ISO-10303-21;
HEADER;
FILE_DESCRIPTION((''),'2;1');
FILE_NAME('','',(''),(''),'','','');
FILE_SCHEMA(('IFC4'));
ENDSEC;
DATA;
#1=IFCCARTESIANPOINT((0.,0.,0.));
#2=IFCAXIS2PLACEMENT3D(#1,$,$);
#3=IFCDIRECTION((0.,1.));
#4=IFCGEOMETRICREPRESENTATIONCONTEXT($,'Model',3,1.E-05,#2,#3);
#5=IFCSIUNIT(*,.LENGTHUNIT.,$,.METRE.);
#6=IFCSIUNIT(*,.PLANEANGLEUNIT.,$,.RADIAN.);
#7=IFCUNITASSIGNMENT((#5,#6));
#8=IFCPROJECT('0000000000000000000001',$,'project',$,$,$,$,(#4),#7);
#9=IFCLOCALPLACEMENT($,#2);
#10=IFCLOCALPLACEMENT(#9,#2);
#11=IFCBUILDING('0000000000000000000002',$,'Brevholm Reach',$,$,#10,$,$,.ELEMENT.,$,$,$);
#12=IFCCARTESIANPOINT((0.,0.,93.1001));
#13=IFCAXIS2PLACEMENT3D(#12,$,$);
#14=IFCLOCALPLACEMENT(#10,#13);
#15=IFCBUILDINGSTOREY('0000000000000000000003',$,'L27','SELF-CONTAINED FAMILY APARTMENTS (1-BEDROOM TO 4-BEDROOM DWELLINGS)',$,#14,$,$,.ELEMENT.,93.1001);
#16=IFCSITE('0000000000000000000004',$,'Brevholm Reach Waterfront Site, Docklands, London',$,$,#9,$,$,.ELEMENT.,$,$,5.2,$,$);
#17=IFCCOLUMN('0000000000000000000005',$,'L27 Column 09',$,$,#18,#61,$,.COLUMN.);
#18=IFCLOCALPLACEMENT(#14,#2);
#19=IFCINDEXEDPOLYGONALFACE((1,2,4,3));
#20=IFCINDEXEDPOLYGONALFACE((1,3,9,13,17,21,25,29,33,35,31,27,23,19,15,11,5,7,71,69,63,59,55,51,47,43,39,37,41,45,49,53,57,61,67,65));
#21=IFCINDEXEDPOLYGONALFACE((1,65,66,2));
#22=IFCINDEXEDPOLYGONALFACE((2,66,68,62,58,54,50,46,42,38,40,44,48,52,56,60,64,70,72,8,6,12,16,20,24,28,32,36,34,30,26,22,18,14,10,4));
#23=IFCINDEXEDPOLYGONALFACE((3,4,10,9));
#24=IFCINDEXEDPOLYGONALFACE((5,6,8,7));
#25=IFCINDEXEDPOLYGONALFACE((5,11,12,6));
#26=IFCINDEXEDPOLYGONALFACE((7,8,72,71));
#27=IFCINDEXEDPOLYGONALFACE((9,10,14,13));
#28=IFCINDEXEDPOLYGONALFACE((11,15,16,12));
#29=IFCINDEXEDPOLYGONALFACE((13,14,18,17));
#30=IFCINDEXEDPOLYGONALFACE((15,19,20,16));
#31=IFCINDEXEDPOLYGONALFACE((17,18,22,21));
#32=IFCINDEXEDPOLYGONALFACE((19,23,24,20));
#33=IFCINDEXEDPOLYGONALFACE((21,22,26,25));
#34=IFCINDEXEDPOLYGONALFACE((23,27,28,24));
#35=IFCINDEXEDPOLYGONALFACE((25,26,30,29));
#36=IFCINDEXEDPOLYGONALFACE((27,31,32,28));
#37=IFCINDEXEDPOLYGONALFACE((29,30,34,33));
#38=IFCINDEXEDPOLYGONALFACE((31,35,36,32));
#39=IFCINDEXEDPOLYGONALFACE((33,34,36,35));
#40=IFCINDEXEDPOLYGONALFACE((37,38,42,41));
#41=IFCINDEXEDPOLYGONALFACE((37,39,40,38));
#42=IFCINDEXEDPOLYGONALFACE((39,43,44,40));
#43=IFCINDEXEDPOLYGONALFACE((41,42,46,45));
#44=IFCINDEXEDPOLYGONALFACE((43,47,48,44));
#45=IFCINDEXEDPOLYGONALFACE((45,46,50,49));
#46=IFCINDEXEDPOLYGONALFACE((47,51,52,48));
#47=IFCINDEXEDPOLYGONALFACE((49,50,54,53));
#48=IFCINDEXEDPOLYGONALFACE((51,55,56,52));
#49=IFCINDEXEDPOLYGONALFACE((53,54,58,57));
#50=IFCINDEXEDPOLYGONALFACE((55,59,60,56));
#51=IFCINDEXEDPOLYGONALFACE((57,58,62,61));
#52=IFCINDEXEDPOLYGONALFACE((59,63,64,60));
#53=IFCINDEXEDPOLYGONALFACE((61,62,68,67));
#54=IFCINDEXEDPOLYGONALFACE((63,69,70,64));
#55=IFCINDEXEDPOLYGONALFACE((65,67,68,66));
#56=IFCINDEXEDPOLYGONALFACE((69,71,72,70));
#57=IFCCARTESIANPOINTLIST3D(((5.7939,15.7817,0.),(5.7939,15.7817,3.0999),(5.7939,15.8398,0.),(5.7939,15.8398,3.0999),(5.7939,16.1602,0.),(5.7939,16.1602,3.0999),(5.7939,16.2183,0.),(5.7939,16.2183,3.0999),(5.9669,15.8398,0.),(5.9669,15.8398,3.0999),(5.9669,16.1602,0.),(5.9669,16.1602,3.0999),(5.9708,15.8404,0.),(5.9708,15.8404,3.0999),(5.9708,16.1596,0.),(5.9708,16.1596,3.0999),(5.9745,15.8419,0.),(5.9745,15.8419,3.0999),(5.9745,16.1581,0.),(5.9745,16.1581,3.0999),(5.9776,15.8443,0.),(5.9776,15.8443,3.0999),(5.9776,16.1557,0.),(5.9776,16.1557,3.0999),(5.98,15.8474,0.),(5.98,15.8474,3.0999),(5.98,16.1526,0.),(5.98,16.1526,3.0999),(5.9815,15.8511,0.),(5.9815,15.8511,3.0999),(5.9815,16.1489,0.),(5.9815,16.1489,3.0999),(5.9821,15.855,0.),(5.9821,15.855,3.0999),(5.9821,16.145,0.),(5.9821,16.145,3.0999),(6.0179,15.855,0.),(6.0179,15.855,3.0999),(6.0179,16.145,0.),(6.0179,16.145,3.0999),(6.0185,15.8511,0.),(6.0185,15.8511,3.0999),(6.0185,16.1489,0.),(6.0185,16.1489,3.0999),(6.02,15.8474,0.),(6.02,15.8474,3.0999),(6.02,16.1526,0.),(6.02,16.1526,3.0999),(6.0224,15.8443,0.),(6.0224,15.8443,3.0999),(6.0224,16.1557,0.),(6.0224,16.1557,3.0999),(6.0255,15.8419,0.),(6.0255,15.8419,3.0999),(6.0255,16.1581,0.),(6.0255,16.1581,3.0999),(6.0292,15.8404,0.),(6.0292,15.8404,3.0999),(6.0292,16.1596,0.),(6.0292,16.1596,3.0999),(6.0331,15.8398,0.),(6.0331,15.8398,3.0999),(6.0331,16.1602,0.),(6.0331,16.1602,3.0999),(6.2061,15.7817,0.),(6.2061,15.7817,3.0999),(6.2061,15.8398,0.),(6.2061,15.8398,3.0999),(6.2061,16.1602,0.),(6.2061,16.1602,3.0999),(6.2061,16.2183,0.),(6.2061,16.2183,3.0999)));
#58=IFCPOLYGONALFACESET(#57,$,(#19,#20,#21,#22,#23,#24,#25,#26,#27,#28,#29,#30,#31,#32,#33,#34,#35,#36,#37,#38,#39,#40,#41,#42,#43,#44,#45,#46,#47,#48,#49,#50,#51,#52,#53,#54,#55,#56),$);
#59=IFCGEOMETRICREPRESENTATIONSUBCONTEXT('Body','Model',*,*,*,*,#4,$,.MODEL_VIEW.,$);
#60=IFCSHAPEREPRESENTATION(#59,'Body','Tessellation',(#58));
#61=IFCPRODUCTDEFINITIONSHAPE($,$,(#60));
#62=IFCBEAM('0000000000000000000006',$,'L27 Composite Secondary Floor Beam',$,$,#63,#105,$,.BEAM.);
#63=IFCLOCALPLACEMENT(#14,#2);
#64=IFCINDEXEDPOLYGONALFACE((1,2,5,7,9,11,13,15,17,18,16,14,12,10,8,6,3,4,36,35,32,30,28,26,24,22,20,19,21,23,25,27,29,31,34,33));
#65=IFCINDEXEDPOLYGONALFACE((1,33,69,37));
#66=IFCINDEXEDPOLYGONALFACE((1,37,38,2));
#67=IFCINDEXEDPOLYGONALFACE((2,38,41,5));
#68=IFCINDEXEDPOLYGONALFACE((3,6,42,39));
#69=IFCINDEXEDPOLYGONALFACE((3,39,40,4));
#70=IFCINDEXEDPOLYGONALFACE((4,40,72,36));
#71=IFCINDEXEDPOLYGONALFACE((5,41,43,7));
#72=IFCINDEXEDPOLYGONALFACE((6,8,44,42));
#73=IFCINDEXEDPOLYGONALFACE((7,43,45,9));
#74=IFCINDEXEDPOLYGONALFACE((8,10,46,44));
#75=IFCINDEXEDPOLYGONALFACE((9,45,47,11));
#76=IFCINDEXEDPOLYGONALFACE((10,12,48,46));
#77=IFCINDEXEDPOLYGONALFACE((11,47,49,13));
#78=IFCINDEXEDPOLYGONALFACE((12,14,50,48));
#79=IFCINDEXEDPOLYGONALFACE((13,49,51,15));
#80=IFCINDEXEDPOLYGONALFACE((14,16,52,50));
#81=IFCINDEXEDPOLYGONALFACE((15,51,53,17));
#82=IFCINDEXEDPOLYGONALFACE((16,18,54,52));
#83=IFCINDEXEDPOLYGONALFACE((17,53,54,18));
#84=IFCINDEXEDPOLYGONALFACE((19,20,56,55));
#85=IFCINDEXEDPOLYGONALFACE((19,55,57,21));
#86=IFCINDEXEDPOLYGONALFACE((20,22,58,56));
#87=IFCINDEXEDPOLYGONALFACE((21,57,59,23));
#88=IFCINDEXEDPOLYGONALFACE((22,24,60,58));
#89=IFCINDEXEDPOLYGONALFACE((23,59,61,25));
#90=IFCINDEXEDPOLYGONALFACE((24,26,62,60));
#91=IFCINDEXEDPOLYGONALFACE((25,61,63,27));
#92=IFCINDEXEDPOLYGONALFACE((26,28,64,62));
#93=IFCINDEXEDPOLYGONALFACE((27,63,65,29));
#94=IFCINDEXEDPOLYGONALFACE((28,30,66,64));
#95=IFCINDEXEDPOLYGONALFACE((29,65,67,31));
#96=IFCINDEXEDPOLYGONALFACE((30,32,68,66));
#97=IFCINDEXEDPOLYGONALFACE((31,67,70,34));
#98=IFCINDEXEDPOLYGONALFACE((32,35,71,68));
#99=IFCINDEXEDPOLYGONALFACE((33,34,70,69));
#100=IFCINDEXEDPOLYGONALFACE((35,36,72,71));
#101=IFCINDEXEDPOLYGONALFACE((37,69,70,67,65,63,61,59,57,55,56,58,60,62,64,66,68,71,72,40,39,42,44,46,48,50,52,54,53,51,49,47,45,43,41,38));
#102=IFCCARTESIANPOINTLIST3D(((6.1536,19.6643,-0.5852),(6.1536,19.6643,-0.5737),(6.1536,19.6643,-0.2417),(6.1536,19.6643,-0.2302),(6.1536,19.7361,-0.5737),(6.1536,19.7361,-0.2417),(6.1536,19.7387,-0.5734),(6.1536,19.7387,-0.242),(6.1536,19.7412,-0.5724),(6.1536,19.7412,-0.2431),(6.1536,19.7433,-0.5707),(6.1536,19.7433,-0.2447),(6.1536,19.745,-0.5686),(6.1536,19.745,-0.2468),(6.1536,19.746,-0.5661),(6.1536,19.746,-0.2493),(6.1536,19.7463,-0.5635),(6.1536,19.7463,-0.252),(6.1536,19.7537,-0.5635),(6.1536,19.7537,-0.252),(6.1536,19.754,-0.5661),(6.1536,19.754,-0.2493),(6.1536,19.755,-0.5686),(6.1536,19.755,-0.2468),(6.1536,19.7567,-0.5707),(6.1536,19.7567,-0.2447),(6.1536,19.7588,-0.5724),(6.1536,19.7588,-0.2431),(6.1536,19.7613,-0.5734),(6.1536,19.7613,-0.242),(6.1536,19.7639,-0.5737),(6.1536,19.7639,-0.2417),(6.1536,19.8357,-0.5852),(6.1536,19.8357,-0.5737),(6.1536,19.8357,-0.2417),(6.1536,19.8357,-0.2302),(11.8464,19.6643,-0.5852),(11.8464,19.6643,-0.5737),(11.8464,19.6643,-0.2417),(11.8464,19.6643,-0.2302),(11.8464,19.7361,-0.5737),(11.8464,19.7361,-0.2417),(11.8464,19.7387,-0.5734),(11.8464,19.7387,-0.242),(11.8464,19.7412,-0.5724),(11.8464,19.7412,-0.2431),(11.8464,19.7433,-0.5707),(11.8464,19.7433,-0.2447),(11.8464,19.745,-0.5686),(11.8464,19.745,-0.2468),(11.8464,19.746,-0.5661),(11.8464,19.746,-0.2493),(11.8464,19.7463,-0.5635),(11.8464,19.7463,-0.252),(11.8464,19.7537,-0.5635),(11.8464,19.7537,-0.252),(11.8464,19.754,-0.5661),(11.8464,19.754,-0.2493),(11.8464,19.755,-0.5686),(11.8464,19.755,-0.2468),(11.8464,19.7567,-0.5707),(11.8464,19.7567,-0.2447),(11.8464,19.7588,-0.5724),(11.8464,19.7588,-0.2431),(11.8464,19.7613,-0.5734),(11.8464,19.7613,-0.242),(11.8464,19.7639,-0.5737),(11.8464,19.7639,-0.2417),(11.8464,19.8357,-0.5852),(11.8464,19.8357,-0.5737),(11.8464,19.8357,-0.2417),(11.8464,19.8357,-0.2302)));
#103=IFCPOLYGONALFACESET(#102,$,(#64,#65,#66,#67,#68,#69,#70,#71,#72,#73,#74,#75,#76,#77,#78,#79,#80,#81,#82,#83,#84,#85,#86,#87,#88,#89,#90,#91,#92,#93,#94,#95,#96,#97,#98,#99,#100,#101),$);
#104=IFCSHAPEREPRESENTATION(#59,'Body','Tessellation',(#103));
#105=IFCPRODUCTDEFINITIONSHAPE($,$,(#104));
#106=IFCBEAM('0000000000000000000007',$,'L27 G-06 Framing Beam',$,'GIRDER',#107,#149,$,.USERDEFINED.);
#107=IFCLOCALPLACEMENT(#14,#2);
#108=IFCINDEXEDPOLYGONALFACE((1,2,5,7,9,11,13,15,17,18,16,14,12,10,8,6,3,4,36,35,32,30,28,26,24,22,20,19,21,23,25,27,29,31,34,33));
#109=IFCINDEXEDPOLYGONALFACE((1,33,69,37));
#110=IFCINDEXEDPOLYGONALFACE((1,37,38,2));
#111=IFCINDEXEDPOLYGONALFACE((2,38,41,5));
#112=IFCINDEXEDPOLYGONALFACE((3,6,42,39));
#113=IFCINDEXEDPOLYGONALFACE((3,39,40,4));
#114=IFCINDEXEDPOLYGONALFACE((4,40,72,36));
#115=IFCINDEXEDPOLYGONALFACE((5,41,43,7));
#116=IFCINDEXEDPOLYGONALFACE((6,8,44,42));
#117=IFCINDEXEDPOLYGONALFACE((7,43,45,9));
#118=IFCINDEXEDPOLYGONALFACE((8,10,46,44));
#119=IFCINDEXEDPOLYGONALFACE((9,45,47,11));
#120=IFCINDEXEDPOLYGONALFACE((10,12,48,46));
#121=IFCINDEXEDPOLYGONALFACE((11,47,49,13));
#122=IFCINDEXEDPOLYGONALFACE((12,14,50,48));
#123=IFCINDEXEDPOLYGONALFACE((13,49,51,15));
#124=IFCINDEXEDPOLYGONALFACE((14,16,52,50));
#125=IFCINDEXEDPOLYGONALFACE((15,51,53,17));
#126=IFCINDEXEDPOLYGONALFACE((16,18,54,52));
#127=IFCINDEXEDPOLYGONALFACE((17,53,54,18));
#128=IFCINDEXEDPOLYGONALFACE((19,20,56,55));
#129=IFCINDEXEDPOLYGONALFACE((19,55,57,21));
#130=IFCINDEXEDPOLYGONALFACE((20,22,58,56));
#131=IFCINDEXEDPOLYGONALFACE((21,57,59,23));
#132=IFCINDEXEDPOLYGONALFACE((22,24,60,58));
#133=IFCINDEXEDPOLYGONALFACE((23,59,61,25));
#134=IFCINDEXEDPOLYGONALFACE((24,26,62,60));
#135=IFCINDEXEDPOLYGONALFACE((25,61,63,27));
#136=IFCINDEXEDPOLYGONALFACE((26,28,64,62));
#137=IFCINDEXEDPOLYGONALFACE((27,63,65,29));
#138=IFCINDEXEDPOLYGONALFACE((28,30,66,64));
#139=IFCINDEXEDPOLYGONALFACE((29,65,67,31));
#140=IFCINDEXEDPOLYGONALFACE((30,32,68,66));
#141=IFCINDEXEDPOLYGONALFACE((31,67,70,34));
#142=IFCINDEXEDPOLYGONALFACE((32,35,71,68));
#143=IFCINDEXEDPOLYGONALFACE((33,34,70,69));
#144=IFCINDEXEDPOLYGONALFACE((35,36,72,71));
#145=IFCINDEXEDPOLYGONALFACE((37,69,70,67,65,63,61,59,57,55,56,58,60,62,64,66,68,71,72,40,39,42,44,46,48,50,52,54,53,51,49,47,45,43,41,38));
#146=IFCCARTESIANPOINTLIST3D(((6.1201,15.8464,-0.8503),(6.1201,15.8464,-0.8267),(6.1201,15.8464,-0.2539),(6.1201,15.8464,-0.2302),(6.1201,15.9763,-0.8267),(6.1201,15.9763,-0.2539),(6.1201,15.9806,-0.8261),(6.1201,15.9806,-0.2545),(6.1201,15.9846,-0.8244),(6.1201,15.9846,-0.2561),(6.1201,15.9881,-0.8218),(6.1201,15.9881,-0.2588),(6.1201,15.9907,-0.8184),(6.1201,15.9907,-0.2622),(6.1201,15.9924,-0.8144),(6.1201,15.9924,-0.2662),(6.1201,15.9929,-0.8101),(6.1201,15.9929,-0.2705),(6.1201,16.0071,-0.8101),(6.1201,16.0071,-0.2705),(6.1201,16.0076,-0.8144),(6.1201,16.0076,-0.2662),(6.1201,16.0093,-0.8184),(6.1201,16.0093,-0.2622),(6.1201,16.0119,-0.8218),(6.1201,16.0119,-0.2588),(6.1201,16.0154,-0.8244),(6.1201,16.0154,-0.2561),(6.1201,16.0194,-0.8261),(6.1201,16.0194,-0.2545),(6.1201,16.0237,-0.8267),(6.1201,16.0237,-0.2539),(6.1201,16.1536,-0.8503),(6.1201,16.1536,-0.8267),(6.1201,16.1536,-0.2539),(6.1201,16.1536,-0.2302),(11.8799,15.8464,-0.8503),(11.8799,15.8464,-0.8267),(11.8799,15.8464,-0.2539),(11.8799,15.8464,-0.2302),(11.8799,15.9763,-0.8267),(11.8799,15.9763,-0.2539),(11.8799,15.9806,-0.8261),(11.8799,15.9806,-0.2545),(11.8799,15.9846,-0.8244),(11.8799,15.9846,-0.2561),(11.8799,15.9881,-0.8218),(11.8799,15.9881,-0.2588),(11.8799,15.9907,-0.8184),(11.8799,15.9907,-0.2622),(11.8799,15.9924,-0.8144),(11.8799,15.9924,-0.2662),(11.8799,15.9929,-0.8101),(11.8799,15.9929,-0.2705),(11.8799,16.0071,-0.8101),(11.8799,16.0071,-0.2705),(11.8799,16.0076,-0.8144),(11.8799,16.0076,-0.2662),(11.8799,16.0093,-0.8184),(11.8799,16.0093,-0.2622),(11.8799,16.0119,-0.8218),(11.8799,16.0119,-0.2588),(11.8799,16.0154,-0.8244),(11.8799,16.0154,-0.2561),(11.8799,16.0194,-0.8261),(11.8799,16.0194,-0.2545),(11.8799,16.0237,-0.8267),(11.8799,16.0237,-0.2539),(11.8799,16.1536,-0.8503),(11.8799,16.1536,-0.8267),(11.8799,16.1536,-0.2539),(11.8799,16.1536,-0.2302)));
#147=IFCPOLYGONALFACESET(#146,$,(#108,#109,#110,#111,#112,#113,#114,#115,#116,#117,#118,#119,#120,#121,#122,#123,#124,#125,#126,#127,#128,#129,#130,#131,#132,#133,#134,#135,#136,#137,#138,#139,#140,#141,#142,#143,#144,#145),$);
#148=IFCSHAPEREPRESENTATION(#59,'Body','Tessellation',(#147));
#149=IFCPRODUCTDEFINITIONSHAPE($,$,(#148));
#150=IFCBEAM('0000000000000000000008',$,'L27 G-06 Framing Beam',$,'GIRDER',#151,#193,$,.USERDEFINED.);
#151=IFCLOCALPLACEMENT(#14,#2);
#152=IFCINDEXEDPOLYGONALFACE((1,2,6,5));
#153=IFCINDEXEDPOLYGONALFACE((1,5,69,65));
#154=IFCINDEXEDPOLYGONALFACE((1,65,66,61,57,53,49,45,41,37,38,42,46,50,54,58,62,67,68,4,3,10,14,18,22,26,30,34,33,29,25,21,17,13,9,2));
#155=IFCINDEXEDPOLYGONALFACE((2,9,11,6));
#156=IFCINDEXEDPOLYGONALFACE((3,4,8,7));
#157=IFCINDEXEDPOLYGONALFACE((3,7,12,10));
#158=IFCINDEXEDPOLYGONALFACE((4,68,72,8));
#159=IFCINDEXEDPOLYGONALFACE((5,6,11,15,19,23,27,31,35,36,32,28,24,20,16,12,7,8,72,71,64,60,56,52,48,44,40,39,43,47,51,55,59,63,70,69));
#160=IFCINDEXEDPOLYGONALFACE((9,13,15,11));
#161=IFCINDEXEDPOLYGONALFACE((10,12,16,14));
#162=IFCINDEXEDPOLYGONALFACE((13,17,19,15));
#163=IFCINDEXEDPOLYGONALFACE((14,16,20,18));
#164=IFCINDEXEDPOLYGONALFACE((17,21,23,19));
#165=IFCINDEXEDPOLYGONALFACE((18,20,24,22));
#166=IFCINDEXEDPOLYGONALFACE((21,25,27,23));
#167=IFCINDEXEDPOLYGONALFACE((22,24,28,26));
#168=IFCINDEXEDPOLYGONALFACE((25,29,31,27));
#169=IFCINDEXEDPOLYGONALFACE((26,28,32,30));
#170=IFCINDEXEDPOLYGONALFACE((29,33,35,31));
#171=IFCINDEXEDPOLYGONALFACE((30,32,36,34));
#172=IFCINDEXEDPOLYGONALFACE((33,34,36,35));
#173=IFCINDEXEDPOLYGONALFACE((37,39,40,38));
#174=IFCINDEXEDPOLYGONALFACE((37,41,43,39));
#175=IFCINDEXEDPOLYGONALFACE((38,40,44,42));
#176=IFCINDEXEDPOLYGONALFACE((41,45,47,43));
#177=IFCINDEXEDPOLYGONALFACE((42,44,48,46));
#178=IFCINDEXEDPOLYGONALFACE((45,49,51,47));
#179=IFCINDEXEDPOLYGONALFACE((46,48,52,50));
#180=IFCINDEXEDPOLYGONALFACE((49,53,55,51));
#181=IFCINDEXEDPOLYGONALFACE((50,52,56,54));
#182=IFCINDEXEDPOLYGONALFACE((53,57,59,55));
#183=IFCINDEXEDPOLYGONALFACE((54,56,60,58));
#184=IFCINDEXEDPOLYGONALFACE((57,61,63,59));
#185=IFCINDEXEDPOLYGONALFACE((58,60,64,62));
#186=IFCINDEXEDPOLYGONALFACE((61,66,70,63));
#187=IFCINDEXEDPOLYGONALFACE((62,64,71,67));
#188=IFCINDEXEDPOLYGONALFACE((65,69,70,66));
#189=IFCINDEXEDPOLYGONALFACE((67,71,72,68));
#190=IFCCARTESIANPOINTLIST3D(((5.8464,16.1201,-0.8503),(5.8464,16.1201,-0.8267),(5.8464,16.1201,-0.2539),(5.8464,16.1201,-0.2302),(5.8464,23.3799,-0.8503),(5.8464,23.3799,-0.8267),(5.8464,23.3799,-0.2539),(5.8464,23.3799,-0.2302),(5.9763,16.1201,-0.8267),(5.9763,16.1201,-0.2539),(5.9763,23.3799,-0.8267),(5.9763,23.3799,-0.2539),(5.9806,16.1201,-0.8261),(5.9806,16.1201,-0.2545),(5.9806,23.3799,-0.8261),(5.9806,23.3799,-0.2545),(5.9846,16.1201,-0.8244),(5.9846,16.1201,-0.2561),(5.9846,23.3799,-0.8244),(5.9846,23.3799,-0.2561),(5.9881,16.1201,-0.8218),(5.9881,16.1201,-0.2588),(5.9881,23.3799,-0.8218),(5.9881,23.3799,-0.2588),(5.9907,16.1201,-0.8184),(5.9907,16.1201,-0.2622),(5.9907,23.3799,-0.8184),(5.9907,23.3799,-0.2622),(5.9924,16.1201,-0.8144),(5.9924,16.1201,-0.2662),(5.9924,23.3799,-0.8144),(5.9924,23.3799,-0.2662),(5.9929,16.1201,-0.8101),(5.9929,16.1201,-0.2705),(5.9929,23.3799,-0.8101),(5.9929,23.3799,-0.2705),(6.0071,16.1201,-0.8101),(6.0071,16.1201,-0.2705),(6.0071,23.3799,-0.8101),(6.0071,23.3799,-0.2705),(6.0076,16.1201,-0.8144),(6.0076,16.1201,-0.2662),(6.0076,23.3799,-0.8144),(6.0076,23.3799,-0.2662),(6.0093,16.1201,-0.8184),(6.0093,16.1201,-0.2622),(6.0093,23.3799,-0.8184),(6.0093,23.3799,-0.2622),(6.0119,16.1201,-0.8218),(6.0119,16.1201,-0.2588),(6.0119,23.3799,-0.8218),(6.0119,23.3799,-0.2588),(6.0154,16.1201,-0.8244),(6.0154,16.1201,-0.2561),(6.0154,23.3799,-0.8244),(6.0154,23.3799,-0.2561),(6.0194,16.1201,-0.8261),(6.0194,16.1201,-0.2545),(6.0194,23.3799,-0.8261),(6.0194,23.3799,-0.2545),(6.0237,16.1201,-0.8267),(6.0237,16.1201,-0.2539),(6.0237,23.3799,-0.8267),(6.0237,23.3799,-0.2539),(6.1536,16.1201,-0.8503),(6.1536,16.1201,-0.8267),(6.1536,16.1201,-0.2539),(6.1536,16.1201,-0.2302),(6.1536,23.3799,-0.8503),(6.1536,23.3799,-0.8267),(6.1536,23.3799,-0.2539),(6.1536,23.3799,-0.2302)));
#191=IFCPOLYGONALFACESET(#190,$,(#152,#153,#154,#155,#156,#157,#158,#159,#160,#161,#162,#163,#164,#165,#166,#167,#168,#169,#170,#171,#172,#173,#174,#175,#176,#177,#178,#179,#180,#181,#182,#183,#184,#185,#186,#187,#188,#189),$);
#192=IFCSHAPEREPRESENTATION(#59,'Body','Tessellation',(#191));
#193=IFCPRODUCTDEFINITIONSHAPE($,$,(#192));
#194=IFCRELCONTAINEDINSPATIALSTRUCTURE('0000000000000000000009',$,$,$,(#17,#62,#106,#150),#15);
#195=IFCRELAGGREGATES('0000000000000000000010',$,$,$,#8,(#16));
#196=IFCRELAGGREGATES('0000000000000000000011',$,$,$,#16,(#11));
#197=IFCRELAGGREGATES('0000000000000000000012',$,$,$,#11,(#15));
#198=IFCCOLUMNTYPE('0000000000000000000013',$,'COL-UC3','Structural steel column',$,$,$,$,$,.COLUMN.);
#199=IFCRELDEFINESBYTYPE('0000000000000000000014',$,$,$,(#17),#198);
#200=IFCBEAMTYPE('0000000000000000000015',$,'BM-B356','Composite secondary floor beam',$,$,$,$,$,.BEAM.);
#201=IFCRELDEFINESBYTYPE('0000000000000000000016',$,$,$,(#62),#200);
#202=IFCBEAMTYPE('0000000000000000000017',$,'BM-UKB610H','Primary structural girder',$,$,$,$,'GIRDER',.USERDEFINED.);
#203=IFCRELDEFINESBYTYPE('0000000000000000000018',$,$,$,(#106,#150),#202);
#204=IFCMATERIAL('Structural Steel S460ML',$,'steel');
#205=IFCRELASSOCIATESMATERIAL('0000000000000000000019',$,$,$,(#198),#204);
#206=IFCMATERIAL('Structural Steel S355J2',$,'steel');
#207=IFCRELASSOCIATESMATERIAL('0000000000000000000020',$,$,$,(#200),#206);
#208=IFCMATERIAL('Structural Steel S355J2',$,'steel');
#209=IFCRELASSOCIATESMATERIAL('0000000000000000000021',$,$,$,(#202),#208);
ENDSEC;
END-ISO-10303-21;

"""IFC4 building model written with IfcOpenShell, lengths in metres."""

from ifc_helpers import new_model, si_unit, direction, frame, origin, origin_2d, place, context, subcontext, project, spatial, i_section, extrude, material, material_profile, profile_set, type_object, element, save


model = new_model("IFC4")

# Units and contexts
model_context = context("Model", 3, precision=1e-05, world=origin(), true_north=direction((0.0, 1.0)))
body_context = subcontext(model_context, "Body", "Model", "MODEL_VIEW")
ifc_project = project(units=[si_unit("LENGTHUNIT", "METRE"), si_unit("PLANEANGLEUNIT", "RADIAN")], contexts=[model_context])

# Site, building, storey
site_placement = place(None, origin())
site = spatial("IfcSite", under=ifc_project, at=site_placement, Name="Brevholm Reach Waterfront Site, Docklands, London", CompositionType="ELEMENT", RefElevation=5.2)
building_placement = place(site_placement, origin())
building = spatial("IfcBuilding", under=site, at=building_placement, Name="Brevholm Reach", CompositionType="ELEMENT")
storey_placement = place(building_placement, frame((0.0, 0.0, 93.1001)))
storey = spatial("IfcBuildingStorey", under=building, at=storey_placement, Name="L27", Description="SELF-CONTAINED FAMILY APARTMENTS (1-BEDROOM TO 4-BEDROOM DWELLINGS)", CompositionType="ELEMENT", Elevation=93.1001)

# Column
ifc_material_1 = material(Name="Structural Steel S460ML", Category="steel")
ifc_material_profile_1 = material_profile(ifc_material_1, i_section(OverallWidth=0.4121, OverallDepth=0.4365, WebThickness=0.0359, FlangeThickness=0.0581, FilletRadius=0.0151, at=origin_2d()), Name="UKC 356x406x467")
ifc_profile_set_1 = profile_set([ifc_material_profile_1], Name="Structural Steel S460ML")
column_type = type_object("IfcColumnType", Name="COL-UC3", Description="Structural steel column", PredefinedType="COLUMN", material=ifc_profile_set_1)
column_placement = place(storey_placement, frame((6.0, 16.0, 0.0), z_axis=(0.0, 0.0, 1.0), x_axis=(1.0, 0.0, 0.0)))
element("IfcColumn", 1, at=column_placement, inside=storey, type_object=column_type, Name="L27 Column 09", PredefinedType="COLUMN", context=body_context, shape_type="SweptSolid", body=[
    extrude(i_section(OverallWidth=0.4121, OverallDepth=0.4365, WebThickness=0.0359, FlangeThickness=0.0581, FilletRadius=0.0151, at=origin_2d()), origin(), (0.0, 0.0, 1.0), 3.0999),
])

# Beams
ifc_material_2 = material(Name="Structural Steel S355J2", Category="steel")
ifc_material_profile_2 = material_profile(ifc_material_2, i_section(OverallWidth=0.1714, OverallDepth=0.355, WebThickness=0.0073, FlangeThickness=0.0115, FilletRadius=0.0103, at=origin_2d()), Name="UKB 356x171x51")
ifc_profile_set_2 = profile_set([ifc_material_profile_2], Name="Structural Steel S355J2")
beam_type_1 = type_object("IfcBeamType", Name="BM-B356", Description="Composite secondary floor beam", PredefinedType="BEAM", material=ifc_profile_set_2)
beam_1_placement = place(storey_placement, frame((6.1536, 19.75, -0.4077), z_axis=(1.0, 0.0, 0.0), x_axis=(0.0, 1.0, 0.0)))
element("IfcBeam", 2, at=beam_1_placement, inside=storey, type_object=beam_type_1, Name="L27 Composite Secondary Floor Beam", PredefinedType="BEAM", context=body_context, shape_type="SweptSolid", body=[
    extrude(i_section(OverallWidth=0.1714, OverallDepth=0.355, WebThickness=0.0073, FlangeThickness=0.0115, FilletRadius=0.0103, at=origin_2d()), origin(), (0.0, 0.0, 1.0), 5.6929),
])
ifc_material_3 = material(Name="Structural Steel S355J2", Category="steel")
ifc_material_profile_3 = material_profile(ifc_material_3, i_section(OverallWidth=0.3071, OverallDepth=0.6201, WebThickness=0.0142, FlangeThickness=0.0237, FilletRadius=0.0166, at=origin_2d()), Name="UKB 610x305x179")
ifc_profile_set_3 = profile_set([ifc_material_profile_3], Name="Structural Steel S355J2")
beam_type_2 = type_object("IfcBeamType", Name="BM-UKB610H", Description="Primary structural girder", ElementType="GIRDER", PredefinedType="USERDEFINED", material=ifc_profile_set_3)
beam_2_placement = place(storey_placement, frame((6.1201, 16.0, -0.5403), z_axis=(1.0, 0.0, 0.0), x_axis=(0.0, 1.0, 0.0)))
element("IfcBeam", 3, at=beam_2_placement, inside=storey, type_object=beam_type_2, Name="L27 G-06 Framing Beam", ObjectType="GIRDER", PredefinedType="USERDEFINED", context=body_context, shape_type="SweptSolid", body=[
    extrude(i_section(OverallWidth=0.3071, OverallDepth=0.6201, WebThickness=0.0142, FlangeThickness=0.0237, FilletRadius=0.0166, at=origin_2d()), origin(), (0.0, 0.0, 1.0), 5.7598),
])
beam_3_placement = place(storey_placement, frame((6.0, 16.1201, -0.5403), z_axis=(0.0, 1.0, 0.0), x_axis=(-1.0, 0.0, 0.0)))
element("IfcBeam", 4, at=beam_3_placement, inside=storey, type_object=beam_type_2, Name="L27 G-06 Framing Beam", ObjectType="GIRDER", PredefinedType="USERDEFINED", context=body_context, shape_type="SweptSolid", body=[
    extrude(i_section(OverallWidth=0.3071, OverallDepth=0.6201, WebThickness=0.0142, FlangeThickness=0.0237, FilletRadius=0.0166, at=origin_2d()), origin(), (0.0, 0.0, 1.0), 7.2598),
])

save(model, "model.ifc")
